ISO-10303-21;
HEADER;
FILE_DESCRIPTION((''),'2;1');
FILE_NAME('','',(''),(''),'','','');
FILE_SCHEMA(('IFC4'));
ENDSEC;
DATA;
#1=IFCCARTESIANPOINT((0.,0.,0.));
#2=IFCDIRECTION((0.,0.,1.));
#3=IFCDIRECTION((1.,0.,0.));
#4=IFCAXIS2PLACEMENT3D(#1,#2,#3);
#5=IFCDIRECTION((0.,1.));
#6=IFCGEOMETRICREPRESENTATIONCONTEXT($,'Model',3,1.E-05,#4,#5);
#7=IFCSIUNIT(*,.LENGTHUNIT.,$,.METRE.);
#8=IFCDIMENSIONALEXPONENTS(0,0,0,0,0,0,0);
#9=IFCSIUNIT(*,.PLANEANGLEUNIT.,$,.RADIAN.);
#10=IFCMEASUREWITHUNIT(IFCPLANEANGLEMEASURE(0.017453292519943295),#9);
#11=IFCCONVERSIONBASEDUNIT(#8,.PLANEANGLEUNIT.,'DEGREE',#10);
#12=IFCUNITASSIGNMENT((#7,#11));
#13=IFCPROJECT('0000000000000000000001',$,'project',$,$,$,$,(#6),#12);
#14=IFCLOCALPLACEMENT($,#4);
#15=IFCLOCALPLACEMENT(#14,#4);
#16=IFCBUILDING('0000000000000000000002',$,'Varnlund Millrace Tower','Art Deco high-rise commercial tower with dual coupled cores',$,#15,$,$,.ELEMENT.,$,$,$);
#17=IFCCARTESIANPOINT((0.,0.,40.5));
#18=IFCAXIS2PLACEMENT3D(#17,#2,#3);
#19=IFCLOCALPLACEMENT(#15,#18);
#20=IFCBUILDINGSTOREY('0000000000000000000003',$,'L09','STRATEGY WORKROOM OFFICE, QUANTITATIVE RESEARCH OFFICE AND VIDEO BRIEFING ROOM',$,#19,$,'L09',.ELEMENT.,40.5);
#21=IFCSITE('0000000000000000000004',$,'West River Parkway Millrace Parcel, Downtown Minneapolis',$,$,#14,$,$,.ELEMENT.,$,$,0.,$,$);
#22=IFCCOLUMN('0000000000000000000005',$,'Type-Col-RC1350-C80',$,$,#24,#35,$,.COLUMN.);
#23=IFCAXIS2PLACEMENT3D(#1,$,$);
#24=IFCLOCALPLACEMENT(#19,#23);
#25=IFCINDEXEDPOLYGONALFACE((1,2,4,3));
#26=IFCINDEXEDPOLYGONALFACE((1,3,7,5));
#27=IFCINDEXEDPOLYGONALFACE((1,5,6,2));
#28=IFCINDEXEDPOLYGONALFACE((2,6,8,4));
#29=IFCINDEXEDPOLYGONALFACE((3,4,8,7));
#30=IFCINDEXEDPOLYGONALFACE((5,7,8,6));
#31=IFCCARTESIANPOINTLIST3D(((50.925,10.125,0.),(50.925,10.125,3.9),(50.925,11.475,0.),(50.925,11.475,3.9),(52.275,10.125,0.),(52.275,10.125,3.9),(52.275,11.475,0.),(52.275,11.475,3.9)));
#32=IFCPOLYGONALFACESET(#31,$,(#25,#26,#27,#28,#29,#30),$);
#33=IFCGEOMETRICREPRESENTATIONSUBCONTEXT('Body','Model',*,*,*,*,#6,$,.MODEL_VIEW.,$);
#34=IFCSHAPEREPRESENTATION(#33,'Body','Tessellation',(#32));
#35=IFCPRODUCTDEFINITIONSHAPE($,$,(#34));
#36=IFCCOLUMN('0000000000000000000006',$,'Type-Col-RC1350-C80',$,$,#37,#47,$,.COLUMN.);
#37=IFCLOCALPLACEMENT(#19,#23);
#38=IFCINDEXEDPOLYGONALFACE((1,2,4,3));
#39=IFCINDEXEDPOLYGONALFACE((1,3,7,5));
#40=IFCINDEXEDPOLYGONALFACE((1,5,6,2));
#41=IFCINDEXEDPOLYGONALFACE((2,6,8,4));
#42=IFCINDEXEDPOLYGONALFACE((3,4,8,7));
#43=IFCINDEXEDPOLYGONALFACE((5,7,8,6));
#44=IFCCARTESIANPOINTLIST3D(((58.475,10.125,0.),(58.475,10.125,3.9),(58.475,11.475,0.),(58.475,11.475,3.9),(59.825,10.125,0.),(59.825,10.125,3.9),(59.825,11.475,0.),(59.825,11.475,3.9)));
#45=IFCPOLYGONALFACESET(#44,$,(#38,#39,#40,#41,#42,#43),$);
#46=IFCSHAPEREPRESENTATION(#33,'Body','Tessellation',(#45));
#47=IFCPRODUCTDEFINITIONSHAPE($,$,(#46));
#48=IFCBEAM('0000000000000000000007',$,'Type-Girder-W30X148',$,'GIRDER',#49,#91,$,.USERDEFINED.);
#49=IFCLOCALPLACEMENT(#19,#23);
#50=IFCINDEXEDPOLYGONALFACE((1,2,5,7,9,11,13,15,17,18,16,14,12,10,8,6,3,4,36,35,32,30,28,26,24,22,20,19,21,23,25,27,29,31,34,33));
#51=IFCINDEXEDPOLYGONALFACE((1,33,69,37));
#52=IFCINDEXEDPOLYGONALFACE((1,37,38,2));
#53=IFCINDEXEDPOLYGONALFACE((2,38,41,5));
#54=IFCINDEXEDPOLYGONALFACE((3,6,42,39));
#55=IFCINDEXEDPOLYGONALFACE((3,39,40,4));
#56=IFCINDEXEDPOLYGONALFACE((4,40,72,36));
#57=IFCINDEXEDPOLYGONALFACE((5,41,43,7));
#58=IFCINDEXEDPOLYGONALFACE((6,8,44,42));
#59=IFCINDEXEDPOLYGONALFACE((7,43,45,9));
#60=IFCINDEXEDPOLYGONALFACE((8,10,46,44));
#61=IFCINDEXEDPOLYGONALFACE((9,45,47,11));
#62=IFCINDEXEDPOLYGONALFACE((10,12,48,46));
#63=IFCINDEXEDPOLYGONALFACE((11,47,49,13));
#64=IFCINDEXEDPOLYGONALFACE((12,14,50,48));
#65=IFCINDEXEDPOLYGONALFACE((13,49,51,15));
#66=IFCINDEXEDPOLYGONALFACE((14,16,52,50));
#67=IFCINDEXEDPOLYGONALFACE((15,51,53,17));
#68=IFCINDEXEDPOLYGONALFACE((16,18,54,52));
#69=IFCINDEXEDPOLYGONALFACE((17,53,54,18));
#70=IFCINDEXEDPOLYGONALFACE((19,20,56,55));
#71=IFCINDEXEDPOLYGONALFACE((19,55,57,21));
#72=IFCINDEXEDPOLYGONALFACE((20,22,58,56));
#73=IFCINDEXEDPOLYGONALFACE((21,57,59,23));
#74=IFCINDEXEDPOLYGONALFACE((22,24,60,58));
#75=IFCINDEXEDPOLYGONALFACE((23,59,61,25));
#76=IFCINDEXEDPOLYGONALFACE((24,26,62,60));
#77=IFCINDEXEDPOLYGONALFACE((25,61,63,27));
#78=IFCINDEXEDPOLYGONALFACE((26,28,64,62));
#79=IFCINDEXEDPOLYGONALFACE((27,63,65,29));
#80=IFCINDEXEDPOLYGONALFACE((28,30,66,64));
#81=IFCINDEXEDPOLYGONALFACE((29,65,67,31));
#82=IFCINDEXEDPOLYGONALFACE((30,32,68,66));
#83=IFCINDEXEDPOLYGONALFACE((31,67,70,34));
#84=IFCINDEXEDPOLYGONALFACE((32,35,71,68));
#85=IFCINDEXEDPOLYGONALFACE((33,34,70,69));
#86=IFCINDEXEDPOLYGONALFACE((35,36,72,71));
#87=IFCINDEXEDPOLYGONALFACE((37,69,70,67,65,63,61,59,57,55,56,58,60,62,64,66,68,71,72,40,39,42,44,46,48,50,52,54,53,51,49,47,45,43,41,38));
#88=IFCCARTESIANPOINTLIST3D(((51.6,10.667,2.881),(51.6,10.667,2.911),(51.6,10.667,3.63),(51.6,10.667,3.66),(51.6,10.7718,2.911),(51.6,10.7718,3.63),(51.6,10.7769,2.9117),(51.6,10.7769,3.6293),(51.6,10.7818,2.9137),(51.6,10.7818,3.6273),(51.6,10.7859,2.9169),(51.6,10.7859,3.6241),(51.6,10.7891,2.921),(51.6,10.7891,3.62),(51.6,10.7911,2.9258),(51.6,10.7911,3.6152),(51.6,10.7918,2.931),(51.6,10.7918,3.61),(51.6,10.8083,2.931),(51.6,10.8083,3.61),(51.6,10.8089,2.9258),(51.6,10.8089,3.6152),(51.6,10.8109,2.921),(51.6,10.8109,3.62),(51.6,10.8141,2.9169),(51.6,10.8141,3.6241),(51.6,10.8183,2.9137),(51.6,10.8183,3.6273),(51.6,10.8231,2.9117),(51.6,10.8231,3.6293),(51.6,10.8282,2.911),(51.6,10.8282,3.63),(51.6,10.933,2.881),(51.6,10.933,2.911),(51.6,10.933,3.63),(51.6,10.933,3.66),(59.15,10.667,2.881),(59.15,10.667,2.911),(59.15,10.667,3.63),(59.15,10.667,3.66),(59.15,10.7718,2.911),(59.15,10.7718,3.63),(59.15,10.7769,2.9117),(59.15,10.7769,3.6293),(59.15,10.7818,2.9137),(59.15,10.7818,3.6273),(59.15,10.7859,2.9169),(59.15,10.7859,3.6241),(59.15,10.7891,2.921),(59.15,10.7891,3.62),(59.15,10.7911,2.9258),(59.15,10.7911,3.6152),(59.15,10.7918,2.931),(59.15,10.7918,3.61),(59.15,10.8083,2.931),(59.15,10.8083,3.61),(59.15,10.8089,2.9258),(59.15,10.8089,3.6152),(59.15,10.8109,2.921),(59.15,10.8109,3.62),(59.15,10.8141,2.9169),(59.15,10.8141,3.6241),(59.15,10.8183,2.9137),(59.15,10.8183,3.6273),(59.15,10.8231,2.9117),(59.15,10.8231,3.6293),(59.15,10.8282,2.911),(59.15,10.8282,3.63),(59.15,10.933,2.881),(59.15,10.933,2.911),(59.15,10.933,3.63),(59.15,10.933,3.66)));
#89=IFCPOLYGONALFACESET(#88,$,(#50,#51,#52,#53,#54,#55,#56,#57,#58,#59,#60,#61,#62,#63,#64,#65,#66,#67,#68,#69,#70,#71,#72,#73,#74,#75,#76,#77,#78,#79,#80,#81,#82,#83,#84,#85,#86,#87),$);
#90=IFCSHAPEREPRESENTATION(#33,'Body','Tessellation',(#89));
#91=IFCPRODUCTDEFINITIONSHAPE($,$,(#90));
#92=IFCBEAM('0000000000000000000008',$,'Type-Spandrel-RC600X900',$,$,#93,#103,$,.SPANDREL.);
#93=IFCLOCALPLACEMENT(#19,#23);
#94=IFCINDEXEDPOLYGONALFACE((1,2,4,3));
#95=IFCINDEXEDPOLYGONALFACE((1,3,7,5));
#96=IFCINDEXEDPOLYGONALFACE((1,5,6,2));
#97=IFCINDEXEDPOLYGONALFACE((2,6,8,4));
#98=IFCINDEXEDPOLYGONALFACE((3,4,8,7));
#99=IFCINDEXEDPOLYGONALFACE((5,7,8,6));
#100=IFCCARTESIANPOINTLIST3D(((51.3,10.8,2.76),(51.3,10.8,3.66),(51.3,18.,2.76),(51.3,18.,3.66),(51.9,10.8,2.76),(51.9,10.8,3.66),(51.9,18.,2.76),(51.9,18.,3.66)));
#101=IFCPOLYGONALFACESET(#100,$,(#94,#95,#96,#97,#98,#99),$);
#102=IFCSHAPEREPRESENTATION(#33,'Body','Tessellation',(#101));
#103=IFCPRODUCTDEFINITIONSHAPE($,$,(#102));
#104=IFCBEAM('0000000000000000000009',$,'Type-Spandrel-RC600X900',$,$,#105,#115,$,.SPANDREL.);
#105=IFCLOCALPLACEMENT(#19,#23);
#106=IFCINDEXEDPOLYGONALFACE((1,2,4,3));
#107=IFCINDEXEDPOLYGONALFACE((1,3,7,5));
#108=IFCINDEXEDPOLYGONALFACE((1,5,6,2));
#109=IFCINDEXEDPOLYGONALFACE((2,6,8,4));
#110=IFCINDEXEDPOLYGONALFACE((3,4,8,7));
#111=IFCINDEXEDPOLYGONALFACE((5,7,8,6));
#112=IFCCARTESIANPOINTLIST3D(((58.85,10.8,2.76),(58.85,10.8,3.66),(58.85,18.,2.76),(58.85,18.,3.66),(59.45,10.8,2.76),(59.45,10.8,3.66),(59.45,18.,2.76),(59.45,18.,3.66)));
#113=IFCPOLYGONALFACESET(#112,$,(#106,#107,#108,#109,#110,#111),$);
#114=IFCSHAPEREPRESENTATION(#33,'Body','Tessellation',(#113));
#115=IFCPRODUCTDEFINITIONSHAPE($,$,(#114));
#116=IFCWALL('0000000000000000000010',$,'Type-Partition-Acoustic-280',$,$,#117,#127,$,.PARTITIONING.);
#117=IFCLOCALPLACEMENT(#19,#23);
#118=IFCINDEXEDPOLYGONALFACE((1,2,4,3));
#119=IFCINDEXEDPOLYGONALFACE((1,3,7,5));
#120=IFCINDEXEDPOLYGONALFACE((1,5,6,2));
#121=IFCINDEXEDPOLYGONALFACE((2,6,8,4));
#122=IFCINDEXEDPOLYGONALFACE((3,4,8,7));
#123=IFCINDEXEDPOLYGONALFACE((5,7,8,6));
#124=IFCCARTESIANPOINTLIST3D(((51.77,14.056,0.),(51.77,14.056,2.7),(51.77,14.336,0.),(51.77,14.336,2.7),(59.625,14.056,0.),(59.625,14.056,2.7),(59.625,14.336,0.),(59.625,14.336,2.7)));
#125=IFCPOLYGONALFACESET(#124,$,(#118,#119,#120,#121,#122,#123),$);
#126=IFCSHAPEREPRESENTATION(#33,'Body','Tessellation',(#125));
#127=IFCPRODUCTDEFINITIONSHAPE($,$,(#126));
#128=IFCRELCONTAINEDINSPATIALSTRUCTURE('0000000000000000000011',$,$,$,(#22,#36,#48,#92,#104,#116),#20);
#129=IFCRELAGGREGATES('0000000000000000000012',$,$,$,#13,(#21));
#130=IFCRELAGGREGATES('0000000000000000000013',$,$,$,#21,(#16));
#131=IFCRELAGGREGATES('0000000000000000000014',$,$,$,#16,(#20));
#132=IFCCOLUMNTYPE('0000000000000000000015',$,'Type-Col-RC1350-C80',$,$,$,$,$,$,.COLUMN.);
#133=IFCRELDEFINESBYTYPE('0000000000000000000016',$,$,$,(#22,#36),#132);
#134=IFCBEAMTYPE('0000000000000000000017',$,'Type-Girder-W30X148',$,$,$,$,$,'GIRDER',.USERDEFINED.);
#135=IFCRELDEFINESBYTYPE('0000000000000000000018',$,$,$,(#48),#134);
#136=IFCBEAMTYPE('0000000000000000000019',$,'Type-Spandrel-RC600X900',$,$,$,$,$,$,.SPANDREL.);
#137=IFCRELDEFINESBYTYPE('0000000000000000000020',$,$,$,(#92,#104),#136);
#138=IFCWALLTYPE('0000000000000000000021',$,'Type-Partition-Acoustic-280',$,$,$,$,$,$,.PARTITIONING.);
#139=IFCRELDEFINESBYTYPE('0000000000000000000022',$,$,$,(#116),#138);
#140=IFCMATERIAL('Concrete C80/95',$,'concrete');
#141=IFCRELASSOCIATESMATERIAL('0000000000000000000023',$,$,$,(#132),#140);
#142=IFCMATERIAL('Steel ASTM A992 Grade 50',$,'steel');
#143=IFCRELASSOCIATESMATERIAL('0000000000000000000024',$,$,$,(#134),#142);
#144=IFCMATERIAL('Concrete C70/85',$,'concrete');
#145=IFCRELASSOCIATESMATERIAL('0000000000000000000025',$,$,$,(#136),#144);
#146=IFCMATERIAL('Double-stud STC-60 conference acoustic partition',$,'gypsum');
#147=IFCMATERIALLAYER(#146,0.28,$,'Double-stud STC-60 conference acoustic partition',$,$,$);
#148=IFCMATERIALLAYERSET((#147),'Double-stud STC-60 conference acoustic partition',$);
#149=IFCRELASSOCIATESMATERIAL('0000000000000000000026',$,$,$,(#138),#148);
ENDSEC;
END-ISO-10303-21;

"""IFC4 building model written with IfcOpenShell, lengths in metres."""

from ifc_helpers import new_model, entity, si_unit, converted_unit, direction, frame, origin_with_axes, origin_2d_with_axis, place, context, subcontext, project, spatial, polyline, rectangle, i_section, outline, extrude, material, layer, layer_set, material_profile, profile_set, type_object, element, save


model = new_model("IFC4")

# Units and contexts
model_context = context("Model", 3, precision=1e-05, world=origin_with_axes(), true_north=direction((0.0, 1.0)))
body_context = subcontext(model_context, "Body", "Model", "MODEL_VIEW")
ifc_project = project(units=[si_unit("LENGTHUNIT", "METRE"), converted_unit("PLANEANGLEUNIT", "DEGREE", entity("IfcPlaneAngleMeasure", 0.017453292519943295), si_unit("PLANEANGLEUNIT", "RADIAN"), dimensions=[0, 0, 0, 0, 0, 0, 0])], contexts=[model_context])

# Site, building, storey
site_placement = place(None, origin_with_axes())
site = spatial("IfcSite", under=ifc_project, at=site_placement, Name="West River Parkway Millrace Parcel, Downtown Minneapolis", CompositionType="ELEMENT", RefElevation=0.0)
building_placement = place(site_placement, origin_with_axes())
building = spatial("IfcBuilding", under=site, at=building_placement, Name="Varnlund Millrace Tower", Description="Art Deco high-rise commercial tower with dual coupled cores", CompositionType="ELEMENT")
storey_placement = place(building_placement, frame((0.0, 0.0, 40.5), z_axis=(0.0, 0.0, 1.0), x_axis=(1.0, 0.0, 0.0)))
storey = spatial("IfcBuildingStorey", under=building, at=storey_placement, Name="L09", Description="STRATEGY WORKROOM OFFICE, QUANTITATIVE RESEARCH OFFICE AND VIDEO BRIEFING ROOM", LongName="L09", CompositionType="ELEMENT", Elevation=40.5)

# Columns
ifc_material_1 = material(Name="Concrete C80/95", Category="concrete")
ifc_material_profile_1 = material_profile(ifc_material_1, rectangle(XDim=1.35, YDim=1.35, at=origin_2d_with_axis()), Name="Concrete C80/95")
ifc_profile_set_1 = profile_set([ifc_material_profile_1], Name="Concrete C80/95")
column_type = type_object("IfcColumnType", Name="Type-Col-RC1350-C80", PredefinedType="COLUMN", material=ifc_profile_set_1)
for number, where, z_axis, x_axis, name in (
    (1, (51.6, 10.8, 0.0), (0.0, 0.0, 1.0), (1.0, 0.0, 0.0), "Type-Col-RC1350-C80"),
    (2, (59.15, 10.8, 0.0), (0.0, 0.0, 1.0), (1.0, 0.0, 0.0), "Type-Col-RC1350-C80"),
):
    element("IfcColumn", number, at=place(storey_placement, frame(where, z_axis=z_axis, x_axis=x_axis)), inside=storey, type_object=column_type, Name=name, PredefinedType="COLUMN", context=body_context, shape_type="SweptSolid", body=[
        extrude(rectangle(XDim=1.35, YDim=1.35, at=origin_2d_with_axis()), origin_with_axes(), (0.0, 0.0, 1.0), 3.9),
    ])

# Beams
ifc_material_2 = material(Name="Steel ASTM A992 Grade 50", Category="steel")
ifc_material_profile_2 = material_profile(ifc_material_2, i_section(OverallWidth=0.266, OverallDepth=0.779, WebThickness=0.0165, FlangeThickness=0.03, FilletRadius=0.02, at=origin_2d_with_axis()), Name="Steel ASTM A992 Grade 50")
ifc_profile_set_2 = profile_set([ifc_material_profile_2], Name="Steel ASTM A992 Grade 50")
beam_type_1 = type_object("IfcBeamType", Name="Type-Girder-W30X148", ElementType="GIRDER", PredefinedType="USERDEFINED", material=ifc_profile_set_2)
beam_placement = place(storey_placement, frame((51.6, 10.8, 3.2705), z_axis=(1.0, 0.0, 0.0), x_axis=(0.0, 1.0, 0.0)))
element("IfcBeam", 3, at=beam_placement, inside=storey, type_object=beam_type_1, Name="Type-Girder-W30X148", ObjectType="GIRDER", PredefinedType="USERDEFINED", context=body_context, shape_type="SweptSolid", body=[
    extrude(i_section(OverallWidth=0.266, OverallDepth=0.779, WebThickness=0.0165, FlangeThickness=0.03, FilletRadius=0.02, at=origin_2d_with_axis()), origin_with_axes(), (0.0, 0.0, 1.0), 7.55),
])
ifc_material_3 = material(Name="Concrete C70/85", Category="concrete")
ifc_material_profile_3 = material_profile(ifc_material_3, rectangle(XDim=0.6, YDim=0.9, at=origin_2d_with_axis()), Name="Concrete C70/85")
ifc_profile_set_3 = profile_set([ifc_material_profile_3], Name="Concrete C70/85")
beam_type_2 = type_object("IfcBeamType", Name="Type-Spandrel-RC600X900", PredefinedType="SPANDREL", material=ifc_profile_set_3)
for number, where, z_axis, x_axis, name in (
    (4, (51.6, 10.8, 3.21), (0.0, 1.0, 0.0), (-1.0, 0.0, 0.0), "Type-Spandrel-RC600X900"),
    (5, (59.15, 10.8, 3.21), (0.0, 1.0, 0.0), (-1.0, 0.0, 0.0), "Type-Spandrel-RC600X900"),
):
    element("IfcBeam", number, at=place(storey_placement, frame(where, z_axis=z_axis, x_axis=x_axis)), inside=storey, type_object=beam_type_2, Name=name, PredefinedType="SPANDREL", context=body_context, shape_type="SweptSolid", body=[
        extrude(rectangle(XDim=0.6, YDim=0.9, at=origin_2d_with_axis()), origin_with_axes(), (0.0, 0.0, 1.0), 7.2),
    ])

# Wall
ifc_material_4 = material(Name="Double-stud STC-60 conference acoustic partition", Category="gypsum")
ifc_layer_1 = layer(ifc_material_4, 0.28, Name="Double-stud STC-60 conference acoustic partition")
ifc_layer_set_1 = layer_set([ifc_layer_1], Name="Double-stud STC-60 conference acoustic partition")
wall_type_1 = type_object("IfcWallType", Name="Type-Partition-Acoustic-280", PredefinedType="PARTITIONING", material=ifc_layer_set_1)
wall_1_placement = place(storey_placement, frame((51.77, 14.196, 0.0), z_axis=(0.0, 0.0, 1.0), x_axis=(1.0, 0.0, 0.0)))
element("IfcWall", 6, at=wall_1_placement, inside=storey, type_object=wall_type_1, Name="Type-Partition-Acoustic-280", PredefinedType="PARTITIONING", context=body_context, shape_type="SweptSolid", body=[
    extrude(outline(polyline([(0.0, -0.14), (7.855, -0.14), (7.855, 0.14), (0.0, 0.14), (0.0, -0.14)])), origin_with_axes(), (0.0, 0.0, 1.0), 2.7),
])

save(model, "model.ifc")
